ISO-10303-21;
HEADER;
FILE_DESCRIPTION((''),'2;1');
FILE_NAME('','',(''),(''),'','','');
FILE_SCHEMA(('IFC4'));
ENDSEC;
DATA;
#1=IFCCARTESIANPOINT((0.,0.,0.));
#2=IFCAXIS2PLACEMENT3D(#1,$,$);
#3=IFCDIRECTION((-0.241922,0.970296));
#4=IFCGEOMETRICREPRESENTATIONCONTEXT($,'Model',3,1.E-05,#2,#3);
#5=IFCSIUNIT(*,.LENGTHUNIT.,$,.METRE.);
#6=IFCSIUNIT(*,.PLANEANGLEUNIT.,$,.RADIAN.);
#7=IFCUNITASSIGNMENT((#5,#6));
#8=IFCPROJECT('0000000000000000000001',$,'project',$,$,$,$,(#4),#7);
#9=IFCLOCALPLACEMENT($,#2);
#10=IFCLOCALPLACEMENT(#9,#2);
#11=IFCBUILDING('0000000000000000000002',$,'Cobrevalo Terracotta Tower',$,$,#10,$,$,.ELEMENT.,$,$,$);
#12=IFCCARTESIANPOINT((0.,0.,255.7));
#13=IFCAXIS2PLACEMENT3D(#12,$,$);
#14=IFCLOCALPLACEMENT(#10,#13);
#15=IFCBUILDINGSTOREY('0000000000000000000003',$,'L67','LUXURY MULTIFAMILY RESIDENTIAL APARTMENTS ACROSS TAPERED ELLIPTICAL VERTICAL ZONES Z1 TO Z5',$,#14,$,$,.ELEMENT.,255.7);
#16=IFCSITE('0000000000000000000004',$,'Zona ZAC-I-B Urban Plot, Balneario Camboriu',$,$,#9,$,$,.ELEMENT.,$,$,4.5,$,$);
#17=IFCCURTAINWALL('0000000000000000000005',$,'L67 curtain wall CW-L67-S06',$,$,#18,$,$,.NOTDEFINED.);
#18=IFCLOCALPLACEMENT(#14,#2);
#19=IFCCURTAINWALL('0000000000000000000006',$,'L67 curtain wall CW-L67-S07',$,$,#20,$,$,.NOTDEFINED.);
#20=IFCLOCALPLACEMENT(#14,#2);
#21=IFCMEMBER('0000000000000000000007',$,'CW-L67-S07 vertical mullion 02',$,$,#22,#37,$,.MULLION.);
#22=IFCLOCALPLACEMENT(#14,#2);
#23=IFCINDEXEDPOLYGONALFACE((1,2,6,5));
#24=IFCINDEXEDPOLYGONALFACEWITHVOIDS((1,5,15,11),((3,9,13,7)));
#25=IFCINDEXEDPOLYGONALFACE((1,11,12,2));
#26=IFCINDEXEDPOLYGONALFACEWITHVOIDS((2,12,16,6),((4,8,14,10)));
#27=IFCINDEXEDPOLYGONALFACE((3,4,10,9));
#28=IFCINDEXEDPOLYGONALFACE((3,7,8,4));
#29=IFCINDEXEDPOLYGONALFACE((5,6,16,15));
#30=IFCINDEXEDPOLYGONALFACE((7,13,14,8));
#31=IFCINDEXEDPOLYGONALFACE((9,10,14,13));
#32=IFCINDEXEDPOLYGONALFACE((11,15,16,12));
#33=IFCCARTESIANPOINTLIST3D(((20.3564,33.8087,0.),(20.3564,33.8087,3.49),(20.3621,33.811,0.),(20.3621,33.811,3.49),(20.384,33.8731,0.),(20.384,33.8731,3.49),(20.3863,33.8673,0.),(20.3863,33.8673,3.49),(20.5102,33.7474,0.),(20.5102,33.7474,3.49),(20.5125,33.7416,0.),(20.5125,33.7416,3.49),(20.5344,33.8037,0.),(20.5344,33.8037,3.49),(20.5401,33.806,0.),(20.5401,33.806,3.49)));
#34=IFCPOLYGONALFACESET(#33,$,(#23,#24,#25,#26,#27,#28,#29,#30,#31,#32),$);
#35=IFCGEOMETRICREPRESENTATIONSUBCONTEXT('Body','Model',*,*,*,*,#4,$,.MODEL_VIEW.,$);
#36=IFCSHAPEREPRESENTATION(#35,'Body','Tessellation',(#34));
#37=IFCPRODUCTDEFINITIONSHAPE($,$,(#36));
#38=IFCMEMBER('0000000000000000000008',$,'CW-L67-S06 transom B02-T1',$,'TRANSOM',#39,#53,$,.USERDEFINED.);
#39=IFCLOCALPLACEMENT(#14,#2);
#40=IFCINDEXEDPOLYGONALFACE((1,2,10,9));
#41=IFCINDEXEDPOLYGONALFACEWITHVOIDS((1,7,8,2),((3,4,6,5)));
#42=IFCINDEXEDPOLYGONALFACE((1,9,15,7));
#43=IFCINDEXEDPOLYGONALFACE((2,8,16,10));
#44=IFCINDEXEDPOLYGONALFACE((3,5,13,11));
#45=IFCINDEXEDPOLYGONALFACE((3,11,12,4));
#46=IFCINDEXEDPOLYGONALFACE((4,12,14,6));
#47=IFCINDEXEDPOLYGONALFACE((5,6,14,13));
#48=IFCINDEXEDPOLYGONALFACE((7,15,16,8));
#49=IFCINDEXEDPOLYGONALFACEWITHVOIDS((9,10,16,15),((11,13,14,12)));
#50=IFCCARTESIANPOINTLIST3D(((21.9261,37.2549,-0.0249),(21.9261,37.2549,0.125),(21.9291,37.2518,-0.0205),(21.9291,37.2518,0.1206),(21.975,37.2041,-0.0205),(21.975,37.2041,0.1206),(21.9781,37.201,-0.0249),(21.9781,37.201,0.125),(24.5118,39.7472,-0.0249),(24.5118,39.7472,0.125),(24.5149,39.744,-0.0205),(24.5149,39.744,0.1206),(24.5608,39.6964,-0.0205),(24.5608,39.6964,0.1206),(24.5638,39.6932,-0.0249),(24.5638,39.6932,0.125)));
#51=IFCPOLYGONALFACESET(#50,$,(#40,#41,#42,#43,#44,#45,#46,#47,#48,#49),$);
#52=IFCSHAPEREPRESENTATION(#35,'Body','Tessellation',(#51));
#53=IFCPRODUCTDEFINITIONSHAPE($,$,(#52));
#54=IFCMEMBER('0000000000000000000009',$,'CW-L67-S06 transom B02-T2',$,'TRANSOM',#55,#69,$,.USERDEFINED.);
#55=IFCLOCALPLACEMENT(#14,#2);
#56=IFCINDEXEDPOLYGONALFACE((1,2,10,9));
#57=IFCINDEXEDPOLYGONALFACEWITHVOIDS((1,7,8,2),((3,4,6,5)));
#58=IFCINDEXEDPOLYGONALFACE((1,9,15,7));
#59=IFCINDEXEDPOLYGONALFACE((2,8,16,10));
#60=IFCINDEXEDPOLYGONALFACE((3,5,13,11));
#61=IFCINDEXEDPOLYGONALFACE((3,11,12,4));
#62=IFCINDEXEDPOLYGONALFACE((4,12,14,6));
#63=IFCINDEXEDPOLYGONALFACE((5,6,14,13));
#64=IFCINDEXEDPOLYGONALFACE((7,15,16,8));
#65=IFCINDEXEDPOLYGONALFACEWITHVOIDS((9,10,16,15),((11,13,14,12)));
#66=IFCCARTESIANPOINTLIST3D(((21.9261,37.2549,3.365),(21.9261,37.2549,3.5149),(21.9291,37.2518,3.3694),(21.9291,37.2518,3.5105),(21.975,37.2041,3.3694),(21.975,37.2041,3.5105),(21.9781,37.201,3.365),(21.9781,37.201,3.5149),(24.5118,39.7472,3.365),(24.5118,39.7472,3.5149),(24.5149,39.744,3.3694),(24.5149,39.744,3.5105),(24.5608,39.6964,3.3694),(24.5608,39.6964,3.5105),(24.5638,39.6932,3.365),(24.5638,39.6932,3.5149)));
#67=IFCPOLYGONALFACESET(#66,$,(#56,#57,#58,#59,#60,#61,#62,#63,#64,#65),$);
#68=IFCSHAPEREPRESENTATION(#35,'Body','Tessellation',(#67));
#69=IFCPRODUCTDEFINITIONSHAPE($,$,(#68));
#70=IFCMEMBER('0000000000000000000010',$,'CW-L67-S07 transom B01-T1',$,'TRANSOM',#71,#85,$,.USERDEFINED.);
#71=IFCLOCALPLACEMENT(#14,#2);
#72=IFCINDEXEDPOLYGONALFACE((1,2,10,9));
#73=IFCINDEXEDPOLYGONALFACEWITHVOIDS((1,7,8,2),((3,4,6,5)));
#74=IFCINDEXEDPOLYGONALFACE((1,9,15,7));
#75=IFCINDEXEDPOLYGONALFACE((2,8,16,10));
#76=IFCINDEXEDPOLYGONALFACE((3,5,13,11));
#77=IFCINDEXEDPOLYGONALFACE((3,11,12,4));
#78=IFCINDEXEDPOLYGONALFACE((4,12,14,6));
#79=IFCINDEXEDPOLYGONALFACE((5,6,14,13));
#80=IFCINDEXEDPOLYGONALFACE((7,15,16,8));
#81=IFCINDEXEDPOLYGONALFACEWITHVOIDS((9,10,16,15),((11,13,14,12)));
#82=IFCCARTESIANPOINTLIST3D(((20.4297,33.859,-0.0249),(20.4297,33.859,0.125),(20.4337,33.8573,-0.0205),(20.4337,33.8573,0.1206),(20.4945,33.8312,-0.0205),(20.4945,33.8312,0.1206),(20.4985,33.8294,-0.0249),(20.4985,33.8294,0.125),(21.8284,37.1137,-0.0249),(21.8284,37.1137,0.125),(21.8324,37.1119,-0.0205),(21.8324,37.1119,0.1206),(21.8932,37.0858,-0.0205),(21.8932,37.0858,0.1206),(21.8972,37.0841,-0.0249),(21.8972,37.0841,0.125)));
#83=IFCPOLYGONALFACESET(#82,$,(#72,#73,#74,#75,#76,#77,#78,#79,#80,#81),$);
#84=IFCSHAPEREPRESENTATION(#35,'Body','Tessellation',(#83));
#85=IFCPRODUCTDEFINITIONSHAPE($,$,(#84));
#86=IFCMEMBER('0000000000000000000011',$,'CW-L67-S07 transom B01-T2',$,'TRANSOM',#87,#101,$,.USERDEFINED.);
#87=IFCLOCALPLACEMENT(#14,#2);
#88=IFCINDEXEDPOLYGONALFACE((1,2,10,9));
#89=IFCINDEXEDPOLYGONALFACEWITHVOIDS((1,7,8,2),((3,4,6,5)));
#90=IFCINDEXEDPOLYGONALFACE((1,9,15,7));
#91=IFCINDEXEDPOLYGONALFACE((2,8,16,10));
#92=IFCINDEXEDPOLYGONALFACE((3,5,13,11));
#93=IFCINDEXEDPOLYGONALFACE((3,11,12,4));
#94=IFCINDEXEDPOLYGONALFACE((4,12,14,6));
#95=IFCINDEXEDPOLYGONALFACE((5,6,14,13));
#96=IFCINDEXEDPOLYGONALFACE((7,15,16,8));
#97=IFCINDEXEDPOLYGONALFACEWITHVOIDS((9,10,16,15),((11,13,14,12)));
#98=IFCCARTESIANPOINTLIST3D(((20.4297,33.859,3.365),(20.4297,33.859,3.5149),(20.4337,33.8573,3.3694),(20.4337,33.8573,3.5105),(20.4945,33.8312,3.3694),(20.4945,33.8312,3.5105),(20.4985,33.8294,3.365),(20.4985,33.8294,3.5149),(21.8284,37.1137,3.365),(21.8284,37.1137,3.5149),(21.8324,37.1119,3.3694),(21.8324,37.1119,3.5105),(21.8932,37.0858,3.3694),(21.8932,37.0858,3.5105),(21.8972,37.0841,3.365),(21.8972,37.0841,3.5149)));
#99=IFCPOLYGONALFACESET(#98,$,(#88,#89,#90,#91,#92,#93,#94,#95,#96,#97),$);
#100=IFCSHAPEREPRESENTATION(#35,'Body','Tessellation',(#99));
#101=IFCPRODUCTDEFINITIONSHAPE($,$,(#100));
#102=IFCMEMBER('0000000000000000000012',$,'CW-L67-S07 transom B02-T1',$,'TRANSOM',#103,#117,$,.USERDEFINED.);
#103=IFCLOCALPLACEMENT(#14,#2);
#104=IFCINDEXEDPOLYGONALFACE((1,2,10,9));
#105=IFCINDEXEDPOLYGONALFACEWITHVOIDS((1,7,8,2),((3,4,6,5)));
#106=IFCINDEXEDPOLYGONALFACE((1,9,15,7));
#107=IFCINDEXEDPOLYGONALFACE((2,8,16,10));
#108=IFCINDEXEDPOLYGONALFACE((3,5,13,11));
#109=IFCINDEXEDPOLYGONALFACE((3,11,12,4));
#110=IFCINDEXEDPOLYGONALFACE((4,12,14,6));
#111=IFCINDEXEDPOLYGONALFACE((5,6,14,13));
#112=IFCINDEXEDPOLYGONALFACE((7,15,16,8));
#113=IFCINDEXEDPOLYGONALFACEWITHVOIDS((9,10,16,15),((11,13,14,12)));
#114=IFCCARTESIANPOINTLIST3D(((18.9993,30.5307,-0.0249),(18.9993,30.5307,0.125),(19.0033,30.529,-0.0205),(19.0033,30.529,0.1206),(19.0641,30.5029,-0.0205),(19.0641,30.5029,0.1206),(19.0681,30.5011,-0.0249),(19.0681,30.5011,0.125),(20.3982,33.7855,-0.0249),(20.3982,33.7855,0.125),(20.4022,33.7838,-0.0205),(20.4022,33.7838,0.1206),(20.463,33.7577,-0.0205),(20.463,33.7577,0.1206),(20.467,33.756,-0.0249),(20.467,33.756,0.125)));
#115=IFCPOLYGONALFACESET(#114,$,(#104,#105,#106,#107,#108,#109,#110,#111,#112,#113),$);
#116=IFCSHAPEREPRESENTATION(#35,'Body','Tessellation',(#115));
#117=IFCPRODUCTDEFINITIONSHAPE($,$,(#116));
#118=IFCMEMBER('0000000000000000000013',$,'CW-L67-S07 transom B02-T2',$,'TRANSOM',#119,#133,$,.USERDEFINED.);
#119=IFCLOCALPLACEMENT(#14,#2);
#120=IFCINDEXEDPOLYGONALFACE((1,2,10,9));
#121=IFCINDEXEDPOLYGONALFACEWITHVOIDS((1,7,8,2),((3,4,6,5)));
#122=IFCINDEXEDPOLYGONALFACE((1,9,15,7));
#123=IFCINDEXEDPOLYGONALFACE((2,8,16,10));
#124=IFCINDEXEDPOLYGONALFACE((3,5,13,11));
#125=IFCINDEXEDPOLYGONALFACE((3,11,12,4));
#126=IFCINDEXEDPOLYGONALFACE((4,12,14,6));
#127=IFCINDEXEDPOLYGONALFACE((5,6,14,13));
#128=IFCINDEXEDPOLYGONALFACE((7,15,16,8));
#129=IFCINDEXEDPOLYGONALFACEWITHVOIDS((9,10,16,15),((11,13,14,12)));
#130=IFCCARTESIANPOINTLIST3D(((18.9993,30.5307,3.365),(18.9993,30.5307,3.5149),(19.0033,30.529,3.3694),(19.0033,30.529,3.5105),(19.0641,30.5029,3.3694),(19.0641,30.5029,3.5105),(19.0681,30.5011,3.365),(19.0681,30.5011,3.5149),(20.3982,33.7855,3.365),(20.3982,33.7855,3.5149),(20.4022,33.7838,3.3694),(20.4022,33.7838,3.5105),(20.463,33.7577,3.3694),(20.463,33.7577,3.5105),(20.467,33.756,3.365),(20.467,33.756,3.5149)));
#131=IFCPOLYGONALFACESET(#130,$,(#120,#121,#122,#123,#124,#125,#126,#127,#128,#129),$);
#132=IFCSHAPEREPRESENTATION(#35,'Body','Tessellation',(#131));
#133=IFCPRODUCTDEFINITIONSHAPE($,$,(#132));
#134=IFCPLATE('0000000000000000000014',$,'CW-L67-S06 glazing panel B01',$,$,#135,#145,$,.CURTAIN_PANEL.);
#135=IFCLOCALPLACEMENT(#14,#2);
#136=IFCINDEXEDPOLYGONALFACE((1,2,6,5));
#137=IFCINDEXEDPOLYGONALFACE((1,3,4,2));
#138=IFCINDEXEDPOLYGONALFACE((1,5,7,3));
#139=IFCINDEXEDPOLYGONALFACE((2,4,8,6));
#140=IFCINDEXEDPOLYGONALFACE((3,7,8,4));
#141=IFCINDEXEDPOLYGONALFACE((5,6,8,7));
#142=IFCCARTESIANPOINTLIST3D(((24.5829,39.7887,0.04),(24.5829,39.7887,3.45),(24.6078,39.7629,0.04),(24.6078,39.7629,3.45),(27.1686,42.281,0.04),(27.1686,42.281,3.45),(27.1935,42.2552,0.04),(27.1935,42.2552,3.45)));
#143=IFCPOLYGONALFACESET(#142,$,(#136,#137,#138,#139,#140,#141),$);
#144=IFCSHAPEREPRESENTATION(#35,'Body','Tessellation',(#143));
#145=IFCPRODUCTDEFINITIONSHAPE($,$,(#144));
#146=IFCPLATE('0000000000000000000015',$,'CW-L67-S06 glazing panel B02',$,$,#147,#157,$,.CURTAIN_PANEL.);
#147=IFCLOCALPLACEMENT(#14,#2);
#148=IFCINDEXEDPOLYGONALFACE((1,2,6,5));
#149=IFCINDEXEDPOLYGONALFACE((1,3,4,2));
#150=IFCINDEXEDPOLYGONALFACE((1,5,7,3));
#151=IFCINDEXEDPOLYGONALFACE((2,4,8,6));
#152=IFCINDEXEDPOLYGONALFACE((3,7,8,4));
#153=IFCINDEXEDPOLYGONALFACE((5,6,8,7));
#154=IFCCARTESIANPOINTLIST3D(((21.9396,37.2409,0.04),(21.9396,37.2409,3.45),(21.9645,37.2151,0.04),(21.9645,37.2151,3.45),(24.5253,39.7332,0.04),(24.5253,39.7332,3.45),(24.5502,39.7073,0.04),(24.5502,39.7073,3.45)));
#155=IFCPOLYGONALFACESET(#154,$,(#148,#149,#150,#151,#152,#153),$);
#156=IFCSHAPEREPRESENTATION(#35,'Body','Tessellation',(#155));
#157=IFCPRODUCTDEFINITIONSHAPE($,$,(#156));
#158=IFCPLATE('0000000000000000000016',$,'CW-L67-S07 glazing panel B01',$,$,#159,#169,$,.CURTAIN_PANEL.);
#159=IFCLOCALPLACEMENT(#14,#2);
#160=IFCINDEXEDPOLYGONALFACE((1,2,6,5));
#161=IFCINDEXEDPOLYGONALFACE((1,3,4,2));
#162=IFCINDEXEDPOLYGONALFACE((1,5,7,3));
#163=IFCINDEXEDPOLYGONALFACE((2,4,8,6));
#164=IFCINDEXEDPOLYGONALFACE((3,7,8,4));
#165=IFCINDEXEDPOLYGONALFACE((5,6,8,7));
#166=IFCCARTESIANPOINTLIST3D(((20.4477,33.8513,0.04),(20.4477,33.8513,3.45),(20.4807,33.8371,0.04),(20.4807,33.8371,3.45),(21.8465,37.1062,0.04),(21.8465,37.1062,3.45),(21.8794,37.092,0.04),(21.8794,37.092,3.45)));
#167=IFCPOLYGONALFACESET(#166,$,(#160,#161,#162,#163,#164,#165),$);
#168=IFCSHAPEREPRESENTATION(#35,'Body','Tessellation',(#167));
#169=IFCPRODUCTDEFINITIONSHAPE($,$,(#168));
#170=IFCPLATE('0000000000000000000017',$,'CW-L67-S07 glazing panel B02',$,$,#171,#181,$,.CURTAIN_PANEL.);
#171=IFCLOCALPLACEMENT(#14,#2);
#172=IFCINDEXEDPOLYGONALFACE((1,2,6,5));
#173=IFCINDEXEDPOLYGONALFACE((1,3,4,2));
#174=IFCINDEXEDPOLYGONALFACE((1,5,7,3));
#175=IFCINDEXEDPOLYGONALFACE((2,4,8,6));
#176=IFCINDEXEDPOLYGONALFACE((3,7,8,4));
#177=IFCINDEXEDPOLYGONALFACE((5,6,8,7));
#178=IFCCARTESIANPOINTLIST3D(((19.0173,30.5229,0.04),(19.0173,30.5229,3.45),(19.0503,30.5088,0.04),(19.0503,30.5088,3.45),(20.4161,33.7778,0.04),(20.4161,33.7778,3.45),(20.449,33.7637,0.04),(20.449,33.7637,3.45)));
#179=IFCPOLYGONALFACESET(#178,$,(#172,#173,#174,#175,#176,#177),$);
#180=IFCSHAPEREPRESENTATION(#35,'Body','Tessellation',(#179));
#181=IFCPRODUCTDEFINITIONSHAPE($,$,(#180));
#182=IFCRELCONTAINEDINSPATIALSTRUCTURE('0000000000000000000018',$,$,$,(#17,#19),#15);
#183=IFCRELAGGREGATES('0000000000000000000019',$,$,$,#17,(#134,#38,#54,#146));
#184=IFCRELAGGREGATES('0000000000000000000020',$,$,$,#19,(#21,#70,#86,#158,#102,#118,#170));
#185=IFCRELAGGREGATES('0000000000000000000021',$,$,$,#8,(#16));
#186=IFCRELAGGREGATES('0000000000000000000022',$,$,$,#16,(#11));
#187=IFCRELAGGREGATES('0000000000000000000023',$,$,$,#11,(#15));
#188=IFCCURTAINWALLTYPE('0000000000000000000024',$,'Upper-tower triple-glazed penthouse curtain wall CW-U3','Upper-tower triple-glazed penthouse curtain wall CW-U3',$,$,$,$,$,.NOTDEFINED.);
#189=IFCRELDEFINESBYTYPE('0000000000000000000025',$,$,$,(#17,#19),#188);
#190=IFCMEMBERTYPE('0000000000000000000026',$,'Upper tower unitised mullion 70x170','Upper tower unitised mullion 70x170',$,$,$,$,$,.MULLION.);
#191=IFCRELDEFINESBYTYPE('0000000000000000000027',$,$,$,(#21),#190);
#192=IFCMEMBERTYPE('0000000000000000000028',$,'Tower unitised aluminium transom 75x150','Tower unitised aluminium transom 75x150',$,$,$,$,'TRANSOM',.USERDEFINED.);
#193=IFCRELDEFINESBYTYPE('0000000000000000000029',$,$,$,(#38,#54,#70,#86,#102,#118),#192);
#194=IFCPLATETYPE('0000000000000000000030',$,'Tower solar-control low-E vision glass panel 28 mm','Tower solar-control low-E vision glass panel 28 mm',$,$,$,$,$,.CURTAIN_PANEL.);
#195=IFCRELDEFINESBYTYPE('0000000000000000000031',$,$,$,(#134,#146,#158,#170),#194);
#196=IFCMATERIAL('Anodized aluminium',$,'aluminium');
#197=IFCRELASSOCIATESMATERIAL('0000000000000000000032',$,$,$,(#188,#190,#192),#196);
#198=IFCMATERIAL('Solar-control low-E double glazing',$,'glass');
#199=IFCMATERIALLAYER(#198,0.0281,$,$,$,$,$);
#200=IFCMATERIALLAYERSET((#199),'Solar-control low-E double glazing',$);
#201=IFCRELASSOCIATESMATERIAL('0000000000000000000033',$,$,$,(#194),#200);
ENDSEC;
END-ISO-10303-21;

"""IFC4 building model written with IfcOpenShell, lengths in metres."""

from ifc_helpers import new_model, si_unit, direction, frame, origin, origin_2d, place, context, subcontext, project, spatial, rectangle, hollow_rectangle, extrude, source, transform, mapped, material, layer, layer_set, material_profile, profile_set, type_object, element, aggregate, save


model = new_model("IFC4")

# Units and contexts
model_context = context("Model", 3, precision=1e-05, world=origin(), true_north=direction((-0.241922, 0.970296)))
body_context = subcontext(model_context, "Body", "Model", "MODEL_VIEW")
ifc_project = project(units=[si_unit("LENGTHUNIT", "METRE"), si_unit("PLANEANGLEUNIT", "RADIAN")], contexts=[model_context])

# Site, building, storey
site_placement = place(None, origin())
site = spatial("IfcSite", under=ifc_project, at=site_placement, Name="Zona ZAC-I-B Urban Plot, Balneario Camboriu", CompositionType="ELEMENT", RefElevation=4.5)
building_placement = place(site_placement, origin())
building = spatial("IfcBuilding", under=site, at=building_placement, Name="Cobrevalo Terracotta Tower", CompositionType="ELEMENT")
storey_placement = place(building_placement, frame((0.0, 0.0, 255.7)))
storey = spatial("IfcBuildingStorey", under=building, at=storey_placement, Name="L67", Description="LUXURY MULTIFAMILY RESIDENTIAL APARTMENTS ACROSS TAPERED ELLIPTICAL VERTICAL ZONES Z1 TO Z5", CompositionType="ELEMENT", Elevation=255.7)

# Curtain walls, member
ifc_material_1 = material(Name="Anodized aluminium", Category="aluminium")
curtain_wall_type = type_object("IfcCurtainWallType", Name="Upper-tower triple-glazed penthouse curtain wall CW-U3", Description="Upper-tower triple-glazed penthouse curtain wall CW-U3", PredefinedType="NOTDEFINED", material=ifc_material_1)
curtain_wall_1_placement = place(storey_placement, origin())
curtain_wall_1 = element("IfcCurtainWall", 1, at=curtain_wall_1_placement, inside=storey, type_object=curtain_wall_type, Name="L67 curtain wall CW-L67-S06", PredefinedType="NOTDEFINED")
ifc_material_profile_1 = material_profile(ifc_material_1, hollow_rectangle(XDim=0.0701, YDim=0.1699, WallThickness=0.0044, at=origin_2d()), Name="CWM 70x170")
ifc_profile_set_1 = profile_set([ifc_material_profile_1], Name="Anodized aluminium")
member_type_1 = type_object("IfcMemberType", Name="Upper tower unitised mullion 70x170", Description="Upper tower unitised mullion 70x170", PredefinedType="MULLION", material=ifc_profile_set_1)
shared_shape_1 = source(origin(), body_context, "Body", "SweptSolid", [
    extrude(hollow_rectangle(XDim=0.0701, YDim=0.1699, WallThickness=0.0044, at=origin_2d()), origin(), (0.0, 0.0, 1.0), 3.49),
])
curtain_wall_2_placement = place(storey_placement, origin())
curtain_wall_2 = element("IfcCurtainWall", 2, at=curtain_wall_2_placement, inside=storey, type_object=curtain_wall_type, Name="L67 curtain wall CW-L67-S07", PredefinedType="NOTDEFINED")
member_1_placement = place(storey_placement, frame((20.4482, 33.8074, 0.0), z_axis=(0.0, 0.0, 1.0), x_axis=(-0.394824, -0.918757, 0.0)))
member_1 = element("IfcMember", 3, at=member_1_placement, type_object=member_type_1, Name="CW-L67-S07 vertical mullion 02", PredefinedType="MULLION", context=body_context, shape_type="MappedRepresentation", body=[
    mapped(shared_shape_1, transform((0.0, 0.0, 0.0), scale=1.0)),
])

# Members
ifc_material_profile_2 = material_profile(ifc_material_1, hollow_rectangle(XDim=0.075, YDim=0.1499, WallThickness=0.0044, at=origin_2d()), Name="CWT 75x150")
ifc_profile_set_2 = profile_set([ifc_material_profile_2], Name="Anodized aluminium")
member_type_2 = type_object("IfcMemberType", Name="Tower unitised aluminium transom 75x150", Description="Tower unitised aluminium transom 75x150", ElementType="TRANSOM", PredefinedType="USERDEFINED", material=ifc_profile_set_2)
shared_shape_2 = source(origin(), body_context, "Body", "SweptSolid", [
    extrude(hollow_rectangle(XDim=0.075, YDim=0.1499, WallThickness=0.0044, at=origin_2d()), origin(), (0.0, 0.0, 1.0), 3.5913),
])
member_2_placement = place(storey_placement, frame((24.5378, 39.7202, 0.05), z_axis=(-0.720006, -0.693968, 0.0), x_axis=(0.693968, -0.720006, 0.0)))
member_2 = element("IfcMember", 4, at=member_2_placement, type_object=member_type_2, Name="CW-L67-S06 transom B02-T1", ObjectType="TRANSOM", PredefinedType="USERDEFINED", context=body_context, shape_type="MappedRepresentation", body=[
    mapped(shared_shape_2, transform((0.0, 0.0, 0.0), scale=1.0)),
])
member_3_placement = place(storey_placement, frame((24.5378, 39.7202, 3.4399), z_axis=(-0.720006, -0.693968, 0.0), x_axis=(0.693968, -0.720006, 0.0)))
member_3 = element("IfcMember", 5, at=member_3_placement, type_object=member_type_2, Name="CW-L67-S06 transom B02-T2", ObjectType="TRANSOM", PredefinedType="USERDEFINED", context=body_context, shape_type="MappedRepresentation", body=[
    mapped(shared_shape_2, transform((0.0, 0.0, 0.0), scale=1.0)),
])
shared_shape_3 = source(origin(), body_context, "Body", "SweptSolid", [
    extrude(hollow_rectangle(XDim=0.075, YDim=0.1499, WallThickness=0.0044, at=origin_2d()), origin(), (0.0, 0.0, 1.0), 3.5425),
])
member_4_placement = place(storey_placement, frame((21.8628, 37.0989, 0.05), z_axis=(-0.394834, -0.918752, 0.0), x_axis=(0.918752, -0.394834, 0.0)))
member_4 = element("IfcMember", 6, at=member_4_placement, type_object=member_type_2, Name="CW-L67-S07 transom B01-T1", ObjectType="TRANSOM", PredefinedType="USERDEFINED", context=body_context, shape_type="MappedRepresentation", body=[
    mapped(shared_shape_3, transform((0.0, 0.0, 0.0), scale=1.0)),
])
member_5_placement = place(storey_placement, frame((21.8628, 37.0989, 3.4399), z_axis=(-0.394834, -0.918752, 0.0), x_axis=(0.918752, -0.394834, 0.0)))
member_5 = element("IfcMember", 7, at=member_5_placement, type_object=member_type_2, Name="CW-L67-S07 transom B01-T2", ObjectType="TRANSOM", PredefinedType="USERDEFINED", context=body_context, shape_type="MappedRepresentation", body=[
    mapped(shared_shape_3, transform((0.0, 0.0, 0.0), scale=1.0)),
])
shared_shape_4 = source(origin(), body_context, "Body", "SweptSolid", [
    extrude(hollow_rectangle(XDim=0.075, YDim=0.1499, WallThickness=0.0044, at=origin_2d()), origin(), (0.0, 0.0, 1.0), 3.5427),
])
member_6_placement = place(storey_placement, frame((20.4326, 33.7708, 0.05), z_axis=(-0.394867, -0.918738, 0.0), x_axis=(0.918738, -0.394867, 0.0)))
member_6 = element("IfcMember", 8, at=member_6_placement, type_object=member_type_2, Name="CW-L67-S07 transom B02-T1", ObjectType="TRANSOM", PredefinedType="USERDEFINED", context=body_context, shape_type="MappedRepresentation", body=[
    mapped(shared_shape_4, transform((0.0, 0.0, 0.0), scale=1.0)),
])
member_7_placement = place(storey_placement, frame((20.4326, 33.7708, 3.4399), z_axis=(-0.394867, -0.918738, 0.0), x_axis=(0.918738, -0.394867, 0.0)))
member_7 = element("IfcMember", 9, at=member_7_placement, type_object=member_type_2, Name="CW-L67-S07 transom B02-T2", ObjectType="TRANSOM", PredefinedType="USERDEFINED", context=body_context, shape_type="MappedRepresentation", body=[
    mapped(shared_shape_4, transform((0.0, 0.0, 0.0), scale=1.0)),
])

# Plates
ifc_material_2 = material(Name="Solar-control low-E double glazing", Category="glass")
ifc_layer_1 = layer(ifc_material_2, 0.0281)
ifc_layer_set_1 = layer_set([ifc_layer_1], Name="Solar-control low-E double glazing")
plate_type = type_object("IfcPlateType", Name="Tower solar-control low-E vision glass panel 28 mm", Description="Tower solar-control low-E vision glass panel 28 mm", PredefinedType="CURTAIN_PANEL", material=ifc_layer_set_1)
shared_shape_5 = source(origin(), body_context, "Body", "SweptSolid", [
    extrude(rectangle(XDim=3.5913, YDim=0.0359, at=origin_2d()), origin(), (0.0, 0.0, 1.0), 3.4099),
])
plate_1_placement = place(storey_placement, frame((25.8882, 41.022, 0.04), z_axis=(0.0, 0.0, 1.0), x_axis=(-0.719997, -0.693978, 0.0)))
plate_1 = element("IfcPlate", 10, at=plate_1_placement, type_object=plate_type, Name="CW-L67-S06 glazing panel B01", PredefinedType="CURTAIN_PANEL", context=body_context, shape_type="MappedRepresentation", body=[
    mapped(shared_shape_5, transform((0.0, 0.0, 0.0), scale=1.0)),
])
plate_2_placement = place(storey_placement, frame((23.2449, 38.4741, 0.04), z_axis=(0.0, 0.0, 1.0), x_axis=(-0.719997, -0.693978, 0.0)))
plate_2 = element("IfcPlate", 11, at=plate_2_placement, type_object=plate_type, Name="CW-L67-S06 glazing panel B02", PredefinedType="CURTAIN_PANEL", context=body_context, shape_type="MappedRepresentation", body=[
    mapped(shared_shape_5, transform((0.0, 0.0, 0.0), scale=1.0)),
])
aggregate(curtain_wall_1, [plate_1, member_2, member_3, plate_2])
shared_shape_6 = source(origin(), body_context, "Body", "SweptSolid", [
    extrude(rectangle(XDim=3.5427, YDim=0.0359, at=origin_2d()), origin(), (0.0, 0.0, 1.0), 3.4099),
])
plate_3_placement = place(storey_placement, frame((21.1636, 35.4717, 0.04), z_axis=(0.0, 0.0, 1.0), x_axis=(-0.394829, -0.918755, 0.0)))
plate_3 = element("IfcPlate", 12, at=plate_3_placement, type_object=plate_type, Name="CW-L67-S07 glazing panel B01", PredefinedType="CURTAIN_PANEL", context=body_context, shape_type="MappedRepresentation", body=[
    mapped(shared_shape_6, transform((0.0, 0.0, 0.0), scale=1.0)),
])
plate_4_placement = place(storey_placement, frame((19.7332, 32.1433, 0.04), z_axis=(0.0, 0.0, 1.0), x_axis=(-0.394829, -0.918755, 0.0)))
plate_4 = element("IfcPlate", 13, at=plate_4_placement, type_object=plate_type, Name="CW-L67-S07 glazing panel B02", PredefinedType="CURTAIN_PANEL", context=body_context, shape_type="MappedRepresentation", body=[
    mapped(shared_shape_6, transform((0.0, 0.0, 0.0), scale=1.0)),
])
aggregate(curtain_wall_2, [member_1, member_4, member_5, plate_3, member_6, member_7, plate_4])

save(model, "model.ifc")
